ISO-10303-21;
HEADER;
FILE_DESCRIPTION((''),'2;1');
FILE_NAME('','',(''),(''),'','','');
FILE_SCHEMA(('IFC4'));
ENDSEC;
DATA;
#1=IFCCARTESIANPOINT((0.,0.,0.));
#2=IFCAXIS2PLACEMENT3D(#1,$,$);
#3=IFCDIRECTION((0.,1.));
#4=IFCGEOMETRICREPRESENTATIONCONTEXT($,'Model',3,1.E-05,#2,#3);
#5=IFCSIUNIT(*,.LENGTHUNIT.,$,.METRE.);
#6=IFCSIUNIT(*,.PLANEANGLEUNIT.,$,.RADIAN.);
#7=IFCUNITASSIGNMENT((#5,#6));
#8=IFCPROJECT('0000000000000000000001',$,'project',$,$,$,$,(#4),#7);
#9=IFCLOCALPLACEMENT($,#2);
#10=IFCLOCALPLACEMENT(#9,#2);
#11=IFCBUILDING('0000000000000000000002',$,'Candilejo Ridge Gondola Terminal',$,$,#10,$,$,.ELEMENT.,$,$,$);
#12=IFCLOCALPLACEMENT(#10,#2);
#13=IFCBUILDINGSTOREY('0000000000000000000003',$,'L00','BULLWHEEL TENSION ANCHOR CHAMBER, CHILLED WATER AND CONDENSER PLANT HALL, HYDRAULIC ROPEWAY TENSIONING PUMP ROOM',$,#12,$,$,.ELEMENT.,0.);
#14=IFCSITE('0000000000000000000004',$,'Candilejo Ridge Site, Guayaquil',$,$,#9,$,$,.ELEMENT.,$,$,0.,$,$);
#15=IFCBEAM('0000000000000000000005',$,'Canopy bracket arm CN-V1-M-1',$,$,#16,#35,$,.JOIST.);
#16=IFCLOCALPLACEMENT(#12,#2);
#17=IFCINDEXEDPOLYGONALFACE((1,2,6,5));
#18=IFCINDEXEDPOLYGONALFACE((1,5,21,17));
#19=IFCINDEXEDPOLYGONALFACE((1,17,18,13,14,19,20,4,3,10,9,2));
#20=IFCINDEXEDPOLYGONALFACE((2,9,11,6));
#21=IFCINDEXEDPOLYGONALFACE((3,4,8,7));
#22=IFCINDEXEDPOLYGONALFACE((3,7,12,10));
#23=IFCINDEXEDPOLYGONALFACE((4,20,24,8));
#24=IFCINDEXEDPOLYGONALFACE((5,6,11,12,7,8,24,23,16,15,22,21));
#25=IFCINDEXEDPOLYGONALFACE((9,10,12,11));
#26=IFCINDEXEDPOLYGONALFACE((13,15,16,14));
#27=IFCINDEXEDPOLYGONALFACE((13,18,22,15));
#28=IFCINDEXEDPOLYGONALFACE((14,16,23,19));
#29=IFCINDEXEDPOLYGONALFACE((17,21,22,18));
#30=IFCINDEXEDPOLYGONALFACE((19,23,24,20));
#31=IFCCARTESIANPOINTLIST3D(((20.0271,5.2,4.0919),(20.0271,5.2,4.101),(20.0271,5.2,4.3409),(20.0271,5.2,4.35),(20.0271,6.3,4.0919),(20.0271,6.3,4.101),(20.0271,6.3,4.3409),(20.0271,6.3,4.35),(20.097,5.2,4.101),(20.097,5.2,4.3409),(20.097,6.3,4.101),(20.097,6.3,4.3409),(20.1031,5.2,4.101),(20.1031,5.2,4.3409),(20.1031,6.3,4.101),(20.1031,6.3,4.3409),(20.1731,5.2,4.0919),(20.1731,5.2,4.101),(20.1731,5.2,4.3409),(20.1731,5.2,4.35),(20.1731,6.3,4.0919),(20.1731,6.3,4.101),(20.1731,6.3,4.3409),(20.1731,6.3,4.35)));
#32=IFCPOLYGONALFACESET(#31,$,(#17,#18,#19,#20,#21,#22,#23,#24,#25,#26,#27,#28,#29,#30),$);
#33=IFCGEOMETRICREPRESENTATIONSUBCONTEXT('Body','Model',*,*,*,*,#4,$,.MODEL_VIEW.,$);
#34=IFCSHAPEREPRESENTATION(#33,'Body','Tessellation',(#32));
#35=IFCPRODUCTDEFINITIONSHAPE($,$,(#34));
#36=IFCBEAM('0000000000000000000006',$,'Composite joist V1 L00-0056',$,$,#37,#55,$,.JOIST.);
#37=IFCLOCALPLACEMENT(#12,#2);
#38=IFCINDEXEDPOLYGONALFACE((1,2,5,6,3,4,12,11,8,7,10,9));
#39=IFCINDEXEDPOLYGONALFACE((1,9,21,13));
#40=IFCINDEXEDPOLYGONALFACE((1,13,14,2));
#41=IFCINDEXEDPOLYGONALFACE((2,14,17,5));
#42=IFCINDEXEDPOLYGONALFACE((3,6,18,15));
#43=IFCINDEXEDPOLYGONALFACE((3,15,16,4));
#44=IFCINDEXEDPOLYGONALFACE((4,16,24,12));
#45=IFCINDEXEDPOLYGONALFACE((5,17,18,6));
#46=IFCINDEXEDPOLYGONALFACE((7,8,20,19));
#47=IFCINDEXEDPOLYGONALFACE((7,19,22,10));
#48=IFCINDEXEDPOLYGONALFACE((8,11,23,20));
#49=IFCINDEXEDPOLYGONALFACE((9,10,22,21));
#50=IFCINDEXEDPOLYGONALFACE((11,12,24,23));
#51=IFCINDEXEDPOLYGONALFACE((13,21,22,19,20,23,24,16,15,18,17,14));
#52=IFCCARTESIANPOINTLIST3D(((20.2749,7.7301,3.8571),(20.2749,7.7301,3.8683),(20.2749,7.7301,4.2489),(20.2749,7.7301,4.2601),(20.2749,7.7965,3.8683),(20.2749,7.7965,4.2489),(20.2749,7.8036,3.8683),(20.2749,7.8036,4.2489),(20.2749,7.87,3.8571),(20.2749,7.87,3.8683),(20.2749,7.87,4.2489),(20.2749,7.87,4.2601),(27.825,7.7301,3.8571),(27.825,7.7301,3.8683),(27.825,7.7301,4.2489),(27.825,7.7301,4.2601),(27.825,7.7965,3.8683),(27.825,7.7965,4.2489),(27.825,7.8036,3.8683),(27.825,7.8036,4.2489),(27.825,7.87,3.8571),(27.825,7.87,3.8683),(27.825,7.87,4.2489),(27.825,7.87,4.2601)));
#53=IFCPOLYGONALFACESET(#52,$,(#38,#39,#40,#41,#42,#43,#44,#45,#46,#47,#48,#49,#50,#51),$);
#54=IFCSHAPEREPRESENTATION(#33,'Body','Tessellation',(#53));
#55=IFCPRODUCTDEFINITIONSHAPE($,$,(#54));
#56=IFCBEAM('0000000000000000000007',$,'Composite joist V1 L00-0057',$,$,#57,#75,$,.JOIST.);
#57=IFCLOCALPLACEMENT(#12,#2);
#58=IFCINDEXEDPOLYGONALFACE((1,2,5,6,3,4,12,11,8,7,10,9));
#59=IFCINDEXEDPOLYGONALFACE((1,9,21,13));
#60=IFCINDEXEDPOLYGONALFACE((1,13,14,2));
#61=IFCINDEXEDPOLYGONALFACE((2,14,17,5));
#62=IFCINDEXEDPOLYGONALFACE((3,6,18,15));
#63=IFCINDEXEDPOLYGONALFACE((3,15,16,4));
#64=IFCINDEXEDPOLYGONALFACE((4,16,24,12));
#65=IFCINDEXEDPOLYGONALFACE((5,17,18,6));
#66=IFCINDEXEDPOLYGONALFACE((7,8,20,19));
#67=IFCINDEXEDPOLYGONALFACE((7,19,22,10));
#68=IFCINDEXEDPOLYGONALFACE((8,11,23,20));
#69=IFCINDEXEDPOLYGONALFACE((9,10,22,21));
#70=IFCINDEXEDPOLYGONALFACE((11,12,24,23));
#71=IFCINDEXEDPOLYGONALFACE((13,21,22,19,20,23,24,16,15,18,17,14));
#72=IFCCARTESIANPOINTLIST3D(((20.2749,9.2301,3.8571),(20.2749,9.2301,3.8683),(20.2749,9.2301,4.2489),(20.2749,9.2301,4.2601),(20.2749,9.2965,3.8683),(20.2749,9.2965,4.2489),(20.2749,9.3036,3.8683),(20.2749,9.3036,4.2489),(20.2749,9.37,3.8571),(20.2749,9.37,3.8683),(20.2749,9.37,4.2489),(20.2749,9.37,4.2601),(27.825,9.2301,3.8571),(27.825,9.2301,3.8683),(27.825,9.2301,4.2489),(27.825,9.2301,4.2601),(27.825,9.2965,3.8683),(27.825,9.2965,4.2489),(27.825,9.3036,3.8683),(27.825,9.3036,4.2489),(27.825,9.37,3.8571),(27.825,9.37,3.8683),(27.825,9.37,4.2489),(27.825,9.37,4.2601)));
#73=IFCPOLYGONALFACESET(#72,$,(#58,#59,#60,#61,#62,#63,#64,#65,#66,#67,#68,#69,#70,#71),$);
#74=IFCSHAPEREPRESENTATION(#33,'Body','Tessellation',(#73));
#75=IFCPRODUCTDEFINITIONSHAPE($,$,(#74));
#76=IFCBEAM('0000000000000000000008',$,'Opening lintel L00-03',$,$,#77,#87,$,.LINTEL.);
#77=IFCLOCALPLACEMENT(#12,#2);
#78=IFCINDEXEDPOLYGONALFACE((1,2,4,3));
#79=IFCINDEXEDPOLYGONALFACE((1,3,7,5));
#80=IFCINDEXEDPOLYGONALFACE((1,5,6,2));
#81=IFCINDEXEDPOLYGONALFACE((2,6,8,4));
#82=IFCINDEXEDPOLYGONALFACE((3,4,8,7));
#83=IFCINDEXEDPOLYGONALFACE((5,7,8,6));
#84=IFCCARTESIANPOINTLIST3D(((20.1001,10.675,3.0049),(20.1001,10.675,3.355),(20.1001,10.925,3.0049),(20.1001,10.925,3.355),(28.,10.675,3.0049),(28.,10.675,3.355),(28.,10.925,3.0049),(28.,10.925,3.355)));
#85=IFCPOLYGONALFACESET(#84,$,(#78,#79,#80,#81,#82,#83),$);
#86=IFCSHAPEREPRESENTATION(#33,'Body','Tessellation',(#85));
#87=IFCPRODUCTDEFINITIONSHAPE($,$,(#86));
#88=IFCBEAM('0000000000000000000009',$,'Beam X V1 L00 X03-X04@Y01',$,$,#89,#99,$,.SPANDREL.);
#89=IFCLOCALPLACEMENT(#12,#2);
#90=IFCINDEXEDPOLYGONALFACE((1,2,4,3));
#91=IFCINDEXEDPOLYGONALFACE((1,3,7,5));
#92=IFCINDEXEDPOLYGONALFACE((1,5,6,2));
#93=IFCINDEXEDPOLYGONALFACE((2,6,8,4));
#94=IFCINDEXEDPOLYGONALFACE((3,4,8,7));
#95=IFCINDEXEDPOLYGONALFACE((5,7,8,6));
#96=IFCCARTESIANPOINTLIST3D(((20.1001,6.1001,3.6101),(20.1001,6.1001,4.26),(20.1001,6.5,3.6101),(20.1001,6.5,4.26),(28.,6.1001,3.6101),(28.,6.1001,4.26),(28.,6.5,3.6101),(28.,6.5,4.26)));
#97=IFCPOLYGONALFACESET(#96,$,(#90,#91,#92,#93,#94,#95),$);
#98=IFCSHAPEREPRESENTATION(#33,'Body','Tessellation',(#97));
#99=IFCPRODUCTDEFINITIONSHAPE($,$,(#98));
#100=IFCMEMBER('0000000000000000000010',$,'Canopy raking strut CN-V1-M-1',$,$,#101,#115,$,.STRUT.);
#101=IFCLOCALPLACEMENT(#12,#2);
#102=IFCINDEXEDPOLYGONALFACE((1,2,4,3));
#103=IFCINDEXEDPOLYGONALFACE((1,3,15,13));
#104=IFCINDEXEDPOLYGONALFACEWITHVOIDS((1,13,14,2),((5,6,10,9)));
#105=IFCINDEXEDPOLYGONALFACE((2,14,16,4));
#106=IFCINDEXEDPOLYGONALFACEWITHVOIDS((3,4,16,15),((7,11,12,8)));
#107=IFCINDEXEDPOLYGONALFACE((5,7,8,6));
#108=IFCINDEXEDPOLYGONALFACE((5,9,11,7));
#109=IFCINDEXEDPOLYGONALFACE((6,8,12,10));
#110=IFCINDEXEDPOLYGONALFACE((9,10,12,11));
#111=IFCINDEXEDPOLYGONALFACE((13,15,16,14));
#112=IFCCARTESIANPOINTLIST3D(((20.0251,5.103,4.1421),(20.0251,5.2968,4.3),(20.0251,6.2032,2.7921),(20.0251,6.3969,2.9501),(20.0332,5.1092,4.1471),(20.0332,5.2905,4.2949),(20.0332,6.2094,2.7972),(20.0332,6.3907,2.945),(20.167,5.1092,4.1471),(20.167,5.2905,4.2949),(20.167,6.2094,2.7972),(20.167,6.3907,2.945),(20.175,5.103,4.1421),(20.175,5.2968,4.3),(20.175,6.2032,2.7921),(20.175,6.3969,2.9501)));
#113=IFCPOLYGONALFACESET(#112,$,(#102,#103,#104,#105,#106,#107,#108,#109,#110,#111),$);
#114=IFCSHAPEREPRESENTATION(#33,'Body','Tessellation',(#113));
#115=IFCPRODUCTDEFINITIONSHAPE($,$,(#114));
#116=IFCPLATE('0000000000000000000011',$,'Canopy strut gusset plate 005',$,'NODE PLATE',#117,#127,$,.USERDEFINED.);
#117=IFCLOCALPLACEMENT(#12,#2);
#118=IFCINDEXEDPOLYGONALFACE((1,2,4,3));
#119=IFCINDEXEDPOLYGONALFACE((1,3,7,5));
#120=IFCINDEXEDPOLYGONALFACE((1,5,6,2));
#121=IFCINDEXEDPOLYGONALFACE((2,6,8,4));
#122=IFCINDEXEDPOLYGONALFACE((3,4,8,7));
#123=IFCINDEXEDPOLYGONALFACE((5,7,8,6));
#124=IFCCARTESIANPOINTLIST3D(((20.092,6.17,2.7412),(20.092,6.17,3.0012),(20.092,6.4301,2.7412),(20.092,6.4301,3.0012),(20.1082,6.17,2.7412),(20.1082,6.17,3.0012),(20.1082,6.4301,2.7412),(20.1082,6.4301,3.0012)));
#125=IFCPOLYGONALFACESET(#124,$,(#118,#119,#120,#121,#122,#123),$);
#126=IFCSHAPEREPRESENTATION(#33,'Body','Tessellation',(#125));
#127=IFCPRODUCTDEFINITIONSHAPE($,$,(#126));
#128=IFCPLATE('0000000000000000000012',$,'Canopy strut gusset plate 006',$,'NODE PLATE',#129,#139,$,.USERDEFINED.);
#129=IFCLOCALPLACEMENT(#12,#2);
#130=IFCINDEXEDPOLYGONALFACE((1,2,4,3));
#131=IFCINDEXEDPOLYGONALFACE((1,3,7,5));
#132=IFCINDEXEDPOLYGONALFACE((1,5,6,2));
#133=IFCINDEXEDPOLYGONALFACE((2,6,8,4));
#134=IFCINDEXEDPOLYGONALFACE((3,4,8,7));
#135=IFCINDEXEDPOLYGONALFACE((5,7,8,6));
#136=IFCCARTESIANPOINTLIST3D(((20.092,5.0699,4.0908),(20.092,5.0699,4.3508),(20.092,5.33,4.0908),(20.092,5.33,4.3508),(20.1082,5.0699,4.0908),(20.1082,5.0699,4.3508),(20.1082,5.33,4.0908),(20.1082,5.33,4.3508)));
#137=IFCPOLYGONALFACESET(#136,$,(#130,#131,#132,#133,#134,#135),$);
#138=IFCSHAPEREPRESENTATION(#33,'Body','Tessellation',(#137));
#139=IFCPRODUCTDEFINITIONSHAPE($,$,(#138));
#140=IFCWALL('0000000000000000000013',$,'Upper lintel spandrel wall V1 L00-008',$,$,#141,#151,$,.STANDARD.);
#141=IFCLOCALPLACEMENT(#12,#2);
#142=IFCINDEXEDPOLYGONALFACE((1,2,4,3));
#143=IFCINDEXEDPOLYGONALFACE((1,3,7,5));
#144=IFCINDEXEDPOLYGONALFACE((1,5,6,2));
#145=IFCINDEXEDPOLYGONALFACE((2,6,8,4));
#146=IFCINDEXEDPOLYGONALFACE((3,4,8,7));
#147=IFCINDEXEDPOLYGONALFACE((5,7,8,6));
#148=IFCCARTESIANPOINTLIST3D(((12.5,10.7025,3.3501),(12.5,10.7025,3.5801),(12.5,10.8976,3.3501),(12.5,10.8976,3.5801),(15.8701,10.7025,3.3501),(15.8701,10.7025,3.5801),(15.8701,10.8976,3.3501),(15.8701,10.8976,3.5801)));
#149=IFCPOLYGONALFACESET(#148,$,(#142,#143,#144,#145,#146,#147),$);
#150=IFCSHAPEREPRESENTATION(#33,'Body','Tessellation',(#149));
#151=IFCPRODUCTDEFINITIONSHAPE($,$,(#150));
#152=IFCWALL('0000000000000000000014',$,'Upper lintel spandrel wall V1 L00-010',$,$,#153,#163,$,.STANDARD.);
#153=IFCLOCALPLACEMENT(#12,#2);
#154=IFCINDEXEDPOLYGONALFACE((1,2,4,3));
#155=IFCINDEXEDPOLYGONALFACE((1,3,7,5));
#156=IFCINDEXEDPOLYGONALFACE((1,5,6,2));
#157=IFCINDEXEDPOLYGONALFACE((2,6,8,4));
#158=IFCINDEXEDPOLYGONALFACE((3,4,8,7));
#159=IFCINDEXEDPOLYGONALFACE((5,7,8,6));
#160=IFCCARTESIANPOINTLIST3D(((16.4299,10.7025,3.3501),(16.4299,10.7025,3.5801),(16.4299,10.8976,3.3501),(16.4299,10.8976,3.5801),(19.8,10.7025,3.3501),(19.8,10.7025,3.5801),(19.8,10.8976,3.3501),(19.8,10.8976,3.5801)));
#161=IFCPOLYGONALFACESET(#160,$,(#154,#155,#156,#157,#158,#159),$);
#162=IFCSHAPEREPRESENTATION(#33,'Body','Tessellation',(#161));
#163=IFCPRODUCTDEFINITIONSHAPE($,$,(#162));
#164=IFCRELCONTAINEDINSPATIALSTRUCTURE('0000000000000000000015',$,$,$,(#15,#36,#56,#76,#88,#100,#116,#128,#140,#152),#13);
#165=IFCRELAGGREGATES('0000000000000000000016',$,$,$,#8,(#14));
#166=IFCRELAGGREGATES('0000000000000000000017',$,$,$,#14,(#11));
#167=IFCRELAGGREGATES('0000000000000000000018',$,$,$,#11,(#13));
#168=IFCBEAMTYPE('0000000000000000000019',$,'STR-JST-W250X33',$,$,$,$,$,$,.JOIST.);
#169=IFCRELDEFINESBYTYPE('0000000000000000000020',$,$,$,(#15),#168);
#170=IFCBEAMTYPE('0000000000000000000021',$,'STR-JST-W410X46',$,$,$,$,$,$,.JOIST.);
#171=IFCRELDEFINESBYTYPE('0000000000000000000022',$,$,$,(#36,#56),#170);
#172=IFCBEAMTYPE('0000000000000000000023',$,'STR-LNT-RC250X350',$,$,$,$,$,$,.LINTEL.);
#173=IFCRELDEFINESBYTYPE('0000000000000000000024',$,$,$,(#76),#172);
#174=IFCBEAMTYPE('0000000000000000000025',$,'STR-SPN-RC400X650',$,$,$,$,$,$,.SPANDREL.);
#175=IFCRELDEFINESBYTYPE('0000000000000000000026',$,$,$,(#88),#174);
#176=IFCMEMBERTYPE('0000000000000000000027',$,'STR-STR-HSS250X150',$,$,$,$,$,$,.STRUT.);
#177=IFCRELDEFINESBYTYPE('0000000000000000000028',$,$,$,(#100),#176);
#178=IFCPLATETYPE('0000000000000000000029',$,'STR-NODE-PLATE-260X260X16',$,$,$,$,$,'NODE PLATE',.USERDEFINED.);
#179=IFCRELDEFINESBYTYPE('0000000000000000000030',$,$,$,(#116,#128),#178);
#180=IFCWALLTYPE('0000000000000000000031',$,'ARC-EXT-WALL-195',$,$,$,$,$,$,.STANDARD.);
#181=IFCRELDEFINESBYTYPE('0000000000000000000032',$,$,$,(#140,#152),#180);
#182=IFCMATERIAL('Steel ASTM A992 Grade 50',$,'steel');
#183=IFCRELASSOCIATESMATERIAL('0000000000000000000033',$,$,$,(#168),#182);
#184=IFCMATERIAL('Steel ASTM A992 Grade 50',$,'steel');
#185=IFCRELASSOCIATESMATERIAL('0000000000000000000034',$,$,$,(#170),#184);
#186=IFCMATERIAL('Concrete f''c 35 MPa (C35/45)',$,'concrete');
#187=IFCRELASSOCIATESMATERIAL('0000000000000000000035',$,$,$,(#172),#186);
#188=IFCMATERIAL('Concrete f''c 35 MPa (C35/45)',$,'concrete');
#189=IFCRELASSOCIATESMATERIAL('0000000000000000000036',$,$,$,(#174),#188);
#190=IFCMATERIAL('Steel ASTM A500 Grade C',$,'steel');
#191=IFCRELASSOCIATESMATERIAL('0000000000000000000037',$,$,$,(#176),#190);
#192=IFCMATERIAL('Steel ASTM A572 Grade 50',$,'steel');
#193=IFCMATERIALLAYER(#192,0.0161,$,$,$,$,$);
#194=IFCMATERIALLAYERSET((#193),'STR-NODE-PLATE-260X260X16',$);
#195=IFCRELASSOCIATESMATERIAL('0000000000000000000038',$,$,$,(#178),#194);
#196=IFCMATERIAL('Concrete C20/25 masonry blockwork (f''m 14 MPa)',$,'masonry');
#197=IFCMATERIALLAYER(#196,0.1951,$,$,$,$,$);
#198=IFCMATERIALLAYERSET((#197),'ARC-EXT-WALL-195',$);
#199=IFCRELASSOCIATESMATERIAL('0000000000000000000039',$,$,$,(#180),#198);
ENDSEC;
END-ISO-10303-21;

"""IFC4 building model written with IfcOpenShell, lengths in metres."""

from ifc_helpers import new_model, si_unit, direction, frame, frame_2d, origin, origin_2d, place, context, subcontext, project, spatial, rectangle, hollow_rectangle, i_section, extrude, material, layer, layer_set, material_profile, profile_set, type_object, element, save


model = new_model("IFC4")

# Units and contexts
model_context = context("Model", 3, precision=1e-05, world=origin(), true_north=direction((0.0, 1.0)))
body_context = subcontext(model_context, "Body", "Model", "MODEL_VIEW")
ifc_project = project(units=[si_unit("LENGTHUNIT", "METRE"), si_unit("PLANEANGLEUNIT", "RADIAN")], contexts=[model_context])

# Site, building, storey
site_placement = place(None, origin())
site = spatial("IfcSite", under=ifc_project, at=site_placement, Name="Candilejo Ridge Site, Guayaquil", CompositionType="ELEMENT", RefElevation=0.0)
building_placement = place(site_placement, origin())
building = spatial("IfcBuilding", under=site, at=building_placement, Name="Candilejo Ridge Gondola Terminal", CompositionType="ELEMENT")
storey_placement = place(building_placement, origin())
storey = spatial("IfcBuildingStorey", under=building, at=storey_placement, Name="L00", Description="BULLWHEEL TENSION ANCHOR CHAMBER, CHILLED WATER AND CONDENSER PLANT HALL, HYDRAULIC ROPEWAY TENSIONING PUMP ROOM", CompositionType="ELEMENT", Elevation=0.0)

# Beams
ifc_material_1 = material(Name="Steel ASTM A992 Grade 50", Category="steel")
ifc_material_profile_1 = material_profile(ifc_material_1, i_section(OverallWidth=0.146, OverallDepth=0.2581, WebThickness=0.0061, FlangeThickness=0.009, at=origin_2d()))
ifc_profile_set_1 = profile_set([ifc_material_profile_1], Name="Steel ASTM A992 Grade 50")
beam_type_1 = type_object("IfcBeamType", Name="STR-JST-W250X33", PredefinedType="JOIST", material=ifc_profile_set_1)
beam_1_placement = place(storey_placement, frame((20.1001, 5.2, 4.2209), z_axis=(0.0, 1.0, 0.0), x_axis=(-1.0, 0.0, 0.0)))
element("IfcBeam", 1, at=beam_1_placement, inside=storey, type_object=beam_type_1, Name="Canopy bracket arm CN-V1-M-1", PredefinedType="JOIST", context=body_context, shape_type="SweptSolid", body=[
    extrude(i_section(OverallWidth=0.146, OverallDepth=0.2581, WebThickness=0.0061, FlangeThickness=0.009, at=origin_2d()), origin(), (0.0, 0.0, 1.0), 1.1001),
])
ifc_material_2 = material(Name="Steel ASTM A992 Grade 50", Category="steel")
ifc_material_profile_2 = material_profile(ifc_material_2, i_section(OverallWidth=0.1399, OverallDepth=0.4031, WebThickness=0.0071, FlangeThickness=0.0112, at=origin_2d()))
ifc_profile_set_2 = profile_set([ifc_material_profile_2], Name="Steel ASTM A992 Grade 50")
beam_type_2 = type_object("IfcBeamType", Name="STR-JST-W410X46", PredefinedType="JOIST", material=ifc_profile_set_2)
for number, where, z_axis, x_axis, name in (
    (2, (20.2749, 7.8, 4.0586), (1.0, 0.0, 0.0), (0.0, 1.0, 0.0), "Composite joist V1 L00-0056"),
    (3, (20.2749, 9.3, 4.0586), (1.0, 0.0, 0.0), (0.0, 1.0, 0.0), "Composite joist V1 L00-0057"),
):
    element("IfcBeam", number, at=place(storey_placement, frame(where, z_axis=z_axis, x_axis=x_axis)), inside=storey, type_object=beam_type_2, Name=name, PredefinedType="JOIST", context=body_context, shape_type="SweptSolid", body=[
        extrude(i_section(OverallWidth=0.1399, OverallDepth=0.4031, WebThickness=0.0071, FlangeThickness=0.0112, at=origin_2d()), origin(), (0.0, 0.0, 1.0), 7.55),
    ])
ifc_material_3 = material(Name="Concrete f'c 35 MPa (C35/45)", Category="concrete")
ifc_material_profile_3 = material_profile(ifc_material_3, rectangle(XDim=0.25, YDim=0.3501, at=origin_2d()))
ifc_profile_set_3 = profile_set([ifc_material_profile_3], Name="Concrete f'c 35 MPa (C35/45)")
beam_type_3 = type_object("IfcBeamType", Name="STR-LNT-RC250X350", PredefinedType="LINTEL", material=ifc_profile_set_3)
beam_2_placement = place(storey_placement, frame((20.1001, 10.8, 3.1799), z_axis=(1.0, 0.0, 0.0), x_axis=(0.0, 1.0, 0.0)))
element("IfcBeam", 4, at=beam_2_placement, inside=storey, type_object=beam_type_3, Name="Opening lintel L00-03", PredefinedType="LINTEL", context=body_context, shape_type="SweptSolid", body=[
    extrude(rectangle(XDim=0.25, YDim=0.3501, at=origin_2d()), origin(), (0.0, 0.0, 1.0), 7.8999),
])
ifc_material_4 = material(Name="Concrete f'c 35 MPa (C35/45)", Category="concrete")
ifc_material_profile_4 = material_profile(ifc_material_4, rectangle(XDim=0.3999, YDim=0.6499, at=origin_2d()))
ifc_profile_set_4 = profile_set([ifc_material_profile_4], Name="Concrete f'c 35 MPa (C35/45)")
beam_type_4 = type_object("IfcBeamType", Name="STR-SPN-RC400X650", PredefinedType="SPANDREL", material=ifc_profile_set_4)
beam_3_placement = place(storey_placement, frame((20.1001, 6.3, 3.9351), z_axis=(1.0, 0.0, 0.0), x_axis=(0.0, 1.0, 0.0)))
element("IfcBeam", 5, at=beam_3_placement, inside=storey, type_object=beam_type_4, Name="Beam X V1 L00 X03-X04@Y01", PredefinedType="SPANDREL", context=body_context, shape_type="SweptSolid", body=[
    extrude(rectangle(XDim=0.3999, YDim=0.6499, at=origin_2d()), origin(), (0.0, 0.0, 1.0), 7.8999),
])

# Member
ifc_material_5 = material(Name="Steel ASTM A500 Grade C", Category="steel")
ifc_material_profile_5 = material_profile(ifc_material_5, hollow_rectangle(XDim=0.1499, YDim=0.25, WallThickness=0.0081, at=origin_2d()))
ifc_profile_set_5 = profile_set([ifc_material_profile_5], Name="Steel ASTM A500 Grade C")
member_type = type_object("IfcMemberType", Name="STR-STR-HSS250X150", PredefinedType="STRUT", material=ifc_profile_set_5)
member_placement = place(storey_placement, frame((20.1001, 6.3, 2.8711), z_axis=(0.0, -0.631748, 0.775174), x_axis=(1.0, 0.0, 0.0)))
element("IfcMember", 6, at=member_placement, inside=storey, type_object=member_type, Name="Canopy raking strut CN-V1-M-1", PredefinedType="STRUT", context=body_context, shape_type="SweptSolid", body=[
    extrude(hollow_rectangle(XDim=0.1499, YDim=0.25, WallThickness=0.0081, at=origin_2d()), origin(), (0.0, 0.0, 1.0), 1.7415),
])

# Plates
ifc_material_6 = material(Name="Steel ASTM A572 Grade 50", Category="steel")
ifc_layer_1 = layer(ifc_material_6, 0.0161)
ifc_layer_set_1 = layer_set([ifc_layer_1], Name="STR-NODE-PLATE-260X260X16")
plate_type = type_object("IfcPlateType", Name="STR-NODE-PLATE-260X260X16", ElementType="NODE PLATE", PredefinedType="USERDEFINED", material=ifc_layer_set_1)
for number, where, z_axis, x_axis, name in (
    (7, (20.1001, 6.3, 2.7412), (0.0, 0.0, 1.0), (1.0, 0.0, 0.0), "Canopy strut gusset plate 005"),
    (8, (20.1001, 5.2, 4.0908), (0.0, 0.0, 1.0), (1.0, 0.0, 0.0), "Canopy strut gusset plate 006"),
):
    element("IfcPlate", number, at=place(storey_placement, frame(where, z_axis=z_axis, x_axis=x_axis)), inside=storey, type_object=plate_type, Name=name, ObjectType="NODE PLATE", PredefinedType="USERDEFINED", context=body_context, shape_type="SweptSolid", body=[
        extrude(rectangle(XDim=0.0161, YDim=0.26, at=origin_2d()), origin(), (0.0, 0.0, 1.0), 0.26),
    ])

# Walls
ifc_material_7 = material(Name="Concrete C20/25 masonry blockwork (f'm 14 MPa)", Category="masonry")
ifc_layer_2 = layer(ifc_material_7, 0.1951)
ifc_layer_set_2 = layer_set([ifc_layer_2], Name="ARC-EXT-WALL-195")
wall_type_1 = type_object("IfcWallType", Name="ARC-EXT-WALL-195", PredefinedType="STANDARD", material=ifc_layer_set_2)
for number, where, z_axis, x_axis, name in (
    (9, (15.8701, 10.8, 3.3501), (0.0, 0.0, 1.0), (-1.0, 0.0, 0.0), "Upper lintel spandrel wall V1 L00-008"),
    (10, (19.8, 10.8, 3.3501), (0.0, 0.0, 1.0), (-1.0, 0.0, 0.0), "Upper lintel spandrel wall V1 L00-010"),
):
    element("IfcWall", number, at=place(storey_placement, frame(where, z_axis=z_axis, x_axis=x_axis)), inside=storey, type_object=wall_type_1, Name=name, PredefinedType="STANDARD", context=body_context, shape_type="SweptSolid", body=[
        extrude(rectangle(XDim=3.3701, YDim=0.1951, at=frame_2d((1.6851, 0.0))), origin(), (0.0, 0.0, 1.0), 0.23),
    ])

save(model, "model.ifc")
